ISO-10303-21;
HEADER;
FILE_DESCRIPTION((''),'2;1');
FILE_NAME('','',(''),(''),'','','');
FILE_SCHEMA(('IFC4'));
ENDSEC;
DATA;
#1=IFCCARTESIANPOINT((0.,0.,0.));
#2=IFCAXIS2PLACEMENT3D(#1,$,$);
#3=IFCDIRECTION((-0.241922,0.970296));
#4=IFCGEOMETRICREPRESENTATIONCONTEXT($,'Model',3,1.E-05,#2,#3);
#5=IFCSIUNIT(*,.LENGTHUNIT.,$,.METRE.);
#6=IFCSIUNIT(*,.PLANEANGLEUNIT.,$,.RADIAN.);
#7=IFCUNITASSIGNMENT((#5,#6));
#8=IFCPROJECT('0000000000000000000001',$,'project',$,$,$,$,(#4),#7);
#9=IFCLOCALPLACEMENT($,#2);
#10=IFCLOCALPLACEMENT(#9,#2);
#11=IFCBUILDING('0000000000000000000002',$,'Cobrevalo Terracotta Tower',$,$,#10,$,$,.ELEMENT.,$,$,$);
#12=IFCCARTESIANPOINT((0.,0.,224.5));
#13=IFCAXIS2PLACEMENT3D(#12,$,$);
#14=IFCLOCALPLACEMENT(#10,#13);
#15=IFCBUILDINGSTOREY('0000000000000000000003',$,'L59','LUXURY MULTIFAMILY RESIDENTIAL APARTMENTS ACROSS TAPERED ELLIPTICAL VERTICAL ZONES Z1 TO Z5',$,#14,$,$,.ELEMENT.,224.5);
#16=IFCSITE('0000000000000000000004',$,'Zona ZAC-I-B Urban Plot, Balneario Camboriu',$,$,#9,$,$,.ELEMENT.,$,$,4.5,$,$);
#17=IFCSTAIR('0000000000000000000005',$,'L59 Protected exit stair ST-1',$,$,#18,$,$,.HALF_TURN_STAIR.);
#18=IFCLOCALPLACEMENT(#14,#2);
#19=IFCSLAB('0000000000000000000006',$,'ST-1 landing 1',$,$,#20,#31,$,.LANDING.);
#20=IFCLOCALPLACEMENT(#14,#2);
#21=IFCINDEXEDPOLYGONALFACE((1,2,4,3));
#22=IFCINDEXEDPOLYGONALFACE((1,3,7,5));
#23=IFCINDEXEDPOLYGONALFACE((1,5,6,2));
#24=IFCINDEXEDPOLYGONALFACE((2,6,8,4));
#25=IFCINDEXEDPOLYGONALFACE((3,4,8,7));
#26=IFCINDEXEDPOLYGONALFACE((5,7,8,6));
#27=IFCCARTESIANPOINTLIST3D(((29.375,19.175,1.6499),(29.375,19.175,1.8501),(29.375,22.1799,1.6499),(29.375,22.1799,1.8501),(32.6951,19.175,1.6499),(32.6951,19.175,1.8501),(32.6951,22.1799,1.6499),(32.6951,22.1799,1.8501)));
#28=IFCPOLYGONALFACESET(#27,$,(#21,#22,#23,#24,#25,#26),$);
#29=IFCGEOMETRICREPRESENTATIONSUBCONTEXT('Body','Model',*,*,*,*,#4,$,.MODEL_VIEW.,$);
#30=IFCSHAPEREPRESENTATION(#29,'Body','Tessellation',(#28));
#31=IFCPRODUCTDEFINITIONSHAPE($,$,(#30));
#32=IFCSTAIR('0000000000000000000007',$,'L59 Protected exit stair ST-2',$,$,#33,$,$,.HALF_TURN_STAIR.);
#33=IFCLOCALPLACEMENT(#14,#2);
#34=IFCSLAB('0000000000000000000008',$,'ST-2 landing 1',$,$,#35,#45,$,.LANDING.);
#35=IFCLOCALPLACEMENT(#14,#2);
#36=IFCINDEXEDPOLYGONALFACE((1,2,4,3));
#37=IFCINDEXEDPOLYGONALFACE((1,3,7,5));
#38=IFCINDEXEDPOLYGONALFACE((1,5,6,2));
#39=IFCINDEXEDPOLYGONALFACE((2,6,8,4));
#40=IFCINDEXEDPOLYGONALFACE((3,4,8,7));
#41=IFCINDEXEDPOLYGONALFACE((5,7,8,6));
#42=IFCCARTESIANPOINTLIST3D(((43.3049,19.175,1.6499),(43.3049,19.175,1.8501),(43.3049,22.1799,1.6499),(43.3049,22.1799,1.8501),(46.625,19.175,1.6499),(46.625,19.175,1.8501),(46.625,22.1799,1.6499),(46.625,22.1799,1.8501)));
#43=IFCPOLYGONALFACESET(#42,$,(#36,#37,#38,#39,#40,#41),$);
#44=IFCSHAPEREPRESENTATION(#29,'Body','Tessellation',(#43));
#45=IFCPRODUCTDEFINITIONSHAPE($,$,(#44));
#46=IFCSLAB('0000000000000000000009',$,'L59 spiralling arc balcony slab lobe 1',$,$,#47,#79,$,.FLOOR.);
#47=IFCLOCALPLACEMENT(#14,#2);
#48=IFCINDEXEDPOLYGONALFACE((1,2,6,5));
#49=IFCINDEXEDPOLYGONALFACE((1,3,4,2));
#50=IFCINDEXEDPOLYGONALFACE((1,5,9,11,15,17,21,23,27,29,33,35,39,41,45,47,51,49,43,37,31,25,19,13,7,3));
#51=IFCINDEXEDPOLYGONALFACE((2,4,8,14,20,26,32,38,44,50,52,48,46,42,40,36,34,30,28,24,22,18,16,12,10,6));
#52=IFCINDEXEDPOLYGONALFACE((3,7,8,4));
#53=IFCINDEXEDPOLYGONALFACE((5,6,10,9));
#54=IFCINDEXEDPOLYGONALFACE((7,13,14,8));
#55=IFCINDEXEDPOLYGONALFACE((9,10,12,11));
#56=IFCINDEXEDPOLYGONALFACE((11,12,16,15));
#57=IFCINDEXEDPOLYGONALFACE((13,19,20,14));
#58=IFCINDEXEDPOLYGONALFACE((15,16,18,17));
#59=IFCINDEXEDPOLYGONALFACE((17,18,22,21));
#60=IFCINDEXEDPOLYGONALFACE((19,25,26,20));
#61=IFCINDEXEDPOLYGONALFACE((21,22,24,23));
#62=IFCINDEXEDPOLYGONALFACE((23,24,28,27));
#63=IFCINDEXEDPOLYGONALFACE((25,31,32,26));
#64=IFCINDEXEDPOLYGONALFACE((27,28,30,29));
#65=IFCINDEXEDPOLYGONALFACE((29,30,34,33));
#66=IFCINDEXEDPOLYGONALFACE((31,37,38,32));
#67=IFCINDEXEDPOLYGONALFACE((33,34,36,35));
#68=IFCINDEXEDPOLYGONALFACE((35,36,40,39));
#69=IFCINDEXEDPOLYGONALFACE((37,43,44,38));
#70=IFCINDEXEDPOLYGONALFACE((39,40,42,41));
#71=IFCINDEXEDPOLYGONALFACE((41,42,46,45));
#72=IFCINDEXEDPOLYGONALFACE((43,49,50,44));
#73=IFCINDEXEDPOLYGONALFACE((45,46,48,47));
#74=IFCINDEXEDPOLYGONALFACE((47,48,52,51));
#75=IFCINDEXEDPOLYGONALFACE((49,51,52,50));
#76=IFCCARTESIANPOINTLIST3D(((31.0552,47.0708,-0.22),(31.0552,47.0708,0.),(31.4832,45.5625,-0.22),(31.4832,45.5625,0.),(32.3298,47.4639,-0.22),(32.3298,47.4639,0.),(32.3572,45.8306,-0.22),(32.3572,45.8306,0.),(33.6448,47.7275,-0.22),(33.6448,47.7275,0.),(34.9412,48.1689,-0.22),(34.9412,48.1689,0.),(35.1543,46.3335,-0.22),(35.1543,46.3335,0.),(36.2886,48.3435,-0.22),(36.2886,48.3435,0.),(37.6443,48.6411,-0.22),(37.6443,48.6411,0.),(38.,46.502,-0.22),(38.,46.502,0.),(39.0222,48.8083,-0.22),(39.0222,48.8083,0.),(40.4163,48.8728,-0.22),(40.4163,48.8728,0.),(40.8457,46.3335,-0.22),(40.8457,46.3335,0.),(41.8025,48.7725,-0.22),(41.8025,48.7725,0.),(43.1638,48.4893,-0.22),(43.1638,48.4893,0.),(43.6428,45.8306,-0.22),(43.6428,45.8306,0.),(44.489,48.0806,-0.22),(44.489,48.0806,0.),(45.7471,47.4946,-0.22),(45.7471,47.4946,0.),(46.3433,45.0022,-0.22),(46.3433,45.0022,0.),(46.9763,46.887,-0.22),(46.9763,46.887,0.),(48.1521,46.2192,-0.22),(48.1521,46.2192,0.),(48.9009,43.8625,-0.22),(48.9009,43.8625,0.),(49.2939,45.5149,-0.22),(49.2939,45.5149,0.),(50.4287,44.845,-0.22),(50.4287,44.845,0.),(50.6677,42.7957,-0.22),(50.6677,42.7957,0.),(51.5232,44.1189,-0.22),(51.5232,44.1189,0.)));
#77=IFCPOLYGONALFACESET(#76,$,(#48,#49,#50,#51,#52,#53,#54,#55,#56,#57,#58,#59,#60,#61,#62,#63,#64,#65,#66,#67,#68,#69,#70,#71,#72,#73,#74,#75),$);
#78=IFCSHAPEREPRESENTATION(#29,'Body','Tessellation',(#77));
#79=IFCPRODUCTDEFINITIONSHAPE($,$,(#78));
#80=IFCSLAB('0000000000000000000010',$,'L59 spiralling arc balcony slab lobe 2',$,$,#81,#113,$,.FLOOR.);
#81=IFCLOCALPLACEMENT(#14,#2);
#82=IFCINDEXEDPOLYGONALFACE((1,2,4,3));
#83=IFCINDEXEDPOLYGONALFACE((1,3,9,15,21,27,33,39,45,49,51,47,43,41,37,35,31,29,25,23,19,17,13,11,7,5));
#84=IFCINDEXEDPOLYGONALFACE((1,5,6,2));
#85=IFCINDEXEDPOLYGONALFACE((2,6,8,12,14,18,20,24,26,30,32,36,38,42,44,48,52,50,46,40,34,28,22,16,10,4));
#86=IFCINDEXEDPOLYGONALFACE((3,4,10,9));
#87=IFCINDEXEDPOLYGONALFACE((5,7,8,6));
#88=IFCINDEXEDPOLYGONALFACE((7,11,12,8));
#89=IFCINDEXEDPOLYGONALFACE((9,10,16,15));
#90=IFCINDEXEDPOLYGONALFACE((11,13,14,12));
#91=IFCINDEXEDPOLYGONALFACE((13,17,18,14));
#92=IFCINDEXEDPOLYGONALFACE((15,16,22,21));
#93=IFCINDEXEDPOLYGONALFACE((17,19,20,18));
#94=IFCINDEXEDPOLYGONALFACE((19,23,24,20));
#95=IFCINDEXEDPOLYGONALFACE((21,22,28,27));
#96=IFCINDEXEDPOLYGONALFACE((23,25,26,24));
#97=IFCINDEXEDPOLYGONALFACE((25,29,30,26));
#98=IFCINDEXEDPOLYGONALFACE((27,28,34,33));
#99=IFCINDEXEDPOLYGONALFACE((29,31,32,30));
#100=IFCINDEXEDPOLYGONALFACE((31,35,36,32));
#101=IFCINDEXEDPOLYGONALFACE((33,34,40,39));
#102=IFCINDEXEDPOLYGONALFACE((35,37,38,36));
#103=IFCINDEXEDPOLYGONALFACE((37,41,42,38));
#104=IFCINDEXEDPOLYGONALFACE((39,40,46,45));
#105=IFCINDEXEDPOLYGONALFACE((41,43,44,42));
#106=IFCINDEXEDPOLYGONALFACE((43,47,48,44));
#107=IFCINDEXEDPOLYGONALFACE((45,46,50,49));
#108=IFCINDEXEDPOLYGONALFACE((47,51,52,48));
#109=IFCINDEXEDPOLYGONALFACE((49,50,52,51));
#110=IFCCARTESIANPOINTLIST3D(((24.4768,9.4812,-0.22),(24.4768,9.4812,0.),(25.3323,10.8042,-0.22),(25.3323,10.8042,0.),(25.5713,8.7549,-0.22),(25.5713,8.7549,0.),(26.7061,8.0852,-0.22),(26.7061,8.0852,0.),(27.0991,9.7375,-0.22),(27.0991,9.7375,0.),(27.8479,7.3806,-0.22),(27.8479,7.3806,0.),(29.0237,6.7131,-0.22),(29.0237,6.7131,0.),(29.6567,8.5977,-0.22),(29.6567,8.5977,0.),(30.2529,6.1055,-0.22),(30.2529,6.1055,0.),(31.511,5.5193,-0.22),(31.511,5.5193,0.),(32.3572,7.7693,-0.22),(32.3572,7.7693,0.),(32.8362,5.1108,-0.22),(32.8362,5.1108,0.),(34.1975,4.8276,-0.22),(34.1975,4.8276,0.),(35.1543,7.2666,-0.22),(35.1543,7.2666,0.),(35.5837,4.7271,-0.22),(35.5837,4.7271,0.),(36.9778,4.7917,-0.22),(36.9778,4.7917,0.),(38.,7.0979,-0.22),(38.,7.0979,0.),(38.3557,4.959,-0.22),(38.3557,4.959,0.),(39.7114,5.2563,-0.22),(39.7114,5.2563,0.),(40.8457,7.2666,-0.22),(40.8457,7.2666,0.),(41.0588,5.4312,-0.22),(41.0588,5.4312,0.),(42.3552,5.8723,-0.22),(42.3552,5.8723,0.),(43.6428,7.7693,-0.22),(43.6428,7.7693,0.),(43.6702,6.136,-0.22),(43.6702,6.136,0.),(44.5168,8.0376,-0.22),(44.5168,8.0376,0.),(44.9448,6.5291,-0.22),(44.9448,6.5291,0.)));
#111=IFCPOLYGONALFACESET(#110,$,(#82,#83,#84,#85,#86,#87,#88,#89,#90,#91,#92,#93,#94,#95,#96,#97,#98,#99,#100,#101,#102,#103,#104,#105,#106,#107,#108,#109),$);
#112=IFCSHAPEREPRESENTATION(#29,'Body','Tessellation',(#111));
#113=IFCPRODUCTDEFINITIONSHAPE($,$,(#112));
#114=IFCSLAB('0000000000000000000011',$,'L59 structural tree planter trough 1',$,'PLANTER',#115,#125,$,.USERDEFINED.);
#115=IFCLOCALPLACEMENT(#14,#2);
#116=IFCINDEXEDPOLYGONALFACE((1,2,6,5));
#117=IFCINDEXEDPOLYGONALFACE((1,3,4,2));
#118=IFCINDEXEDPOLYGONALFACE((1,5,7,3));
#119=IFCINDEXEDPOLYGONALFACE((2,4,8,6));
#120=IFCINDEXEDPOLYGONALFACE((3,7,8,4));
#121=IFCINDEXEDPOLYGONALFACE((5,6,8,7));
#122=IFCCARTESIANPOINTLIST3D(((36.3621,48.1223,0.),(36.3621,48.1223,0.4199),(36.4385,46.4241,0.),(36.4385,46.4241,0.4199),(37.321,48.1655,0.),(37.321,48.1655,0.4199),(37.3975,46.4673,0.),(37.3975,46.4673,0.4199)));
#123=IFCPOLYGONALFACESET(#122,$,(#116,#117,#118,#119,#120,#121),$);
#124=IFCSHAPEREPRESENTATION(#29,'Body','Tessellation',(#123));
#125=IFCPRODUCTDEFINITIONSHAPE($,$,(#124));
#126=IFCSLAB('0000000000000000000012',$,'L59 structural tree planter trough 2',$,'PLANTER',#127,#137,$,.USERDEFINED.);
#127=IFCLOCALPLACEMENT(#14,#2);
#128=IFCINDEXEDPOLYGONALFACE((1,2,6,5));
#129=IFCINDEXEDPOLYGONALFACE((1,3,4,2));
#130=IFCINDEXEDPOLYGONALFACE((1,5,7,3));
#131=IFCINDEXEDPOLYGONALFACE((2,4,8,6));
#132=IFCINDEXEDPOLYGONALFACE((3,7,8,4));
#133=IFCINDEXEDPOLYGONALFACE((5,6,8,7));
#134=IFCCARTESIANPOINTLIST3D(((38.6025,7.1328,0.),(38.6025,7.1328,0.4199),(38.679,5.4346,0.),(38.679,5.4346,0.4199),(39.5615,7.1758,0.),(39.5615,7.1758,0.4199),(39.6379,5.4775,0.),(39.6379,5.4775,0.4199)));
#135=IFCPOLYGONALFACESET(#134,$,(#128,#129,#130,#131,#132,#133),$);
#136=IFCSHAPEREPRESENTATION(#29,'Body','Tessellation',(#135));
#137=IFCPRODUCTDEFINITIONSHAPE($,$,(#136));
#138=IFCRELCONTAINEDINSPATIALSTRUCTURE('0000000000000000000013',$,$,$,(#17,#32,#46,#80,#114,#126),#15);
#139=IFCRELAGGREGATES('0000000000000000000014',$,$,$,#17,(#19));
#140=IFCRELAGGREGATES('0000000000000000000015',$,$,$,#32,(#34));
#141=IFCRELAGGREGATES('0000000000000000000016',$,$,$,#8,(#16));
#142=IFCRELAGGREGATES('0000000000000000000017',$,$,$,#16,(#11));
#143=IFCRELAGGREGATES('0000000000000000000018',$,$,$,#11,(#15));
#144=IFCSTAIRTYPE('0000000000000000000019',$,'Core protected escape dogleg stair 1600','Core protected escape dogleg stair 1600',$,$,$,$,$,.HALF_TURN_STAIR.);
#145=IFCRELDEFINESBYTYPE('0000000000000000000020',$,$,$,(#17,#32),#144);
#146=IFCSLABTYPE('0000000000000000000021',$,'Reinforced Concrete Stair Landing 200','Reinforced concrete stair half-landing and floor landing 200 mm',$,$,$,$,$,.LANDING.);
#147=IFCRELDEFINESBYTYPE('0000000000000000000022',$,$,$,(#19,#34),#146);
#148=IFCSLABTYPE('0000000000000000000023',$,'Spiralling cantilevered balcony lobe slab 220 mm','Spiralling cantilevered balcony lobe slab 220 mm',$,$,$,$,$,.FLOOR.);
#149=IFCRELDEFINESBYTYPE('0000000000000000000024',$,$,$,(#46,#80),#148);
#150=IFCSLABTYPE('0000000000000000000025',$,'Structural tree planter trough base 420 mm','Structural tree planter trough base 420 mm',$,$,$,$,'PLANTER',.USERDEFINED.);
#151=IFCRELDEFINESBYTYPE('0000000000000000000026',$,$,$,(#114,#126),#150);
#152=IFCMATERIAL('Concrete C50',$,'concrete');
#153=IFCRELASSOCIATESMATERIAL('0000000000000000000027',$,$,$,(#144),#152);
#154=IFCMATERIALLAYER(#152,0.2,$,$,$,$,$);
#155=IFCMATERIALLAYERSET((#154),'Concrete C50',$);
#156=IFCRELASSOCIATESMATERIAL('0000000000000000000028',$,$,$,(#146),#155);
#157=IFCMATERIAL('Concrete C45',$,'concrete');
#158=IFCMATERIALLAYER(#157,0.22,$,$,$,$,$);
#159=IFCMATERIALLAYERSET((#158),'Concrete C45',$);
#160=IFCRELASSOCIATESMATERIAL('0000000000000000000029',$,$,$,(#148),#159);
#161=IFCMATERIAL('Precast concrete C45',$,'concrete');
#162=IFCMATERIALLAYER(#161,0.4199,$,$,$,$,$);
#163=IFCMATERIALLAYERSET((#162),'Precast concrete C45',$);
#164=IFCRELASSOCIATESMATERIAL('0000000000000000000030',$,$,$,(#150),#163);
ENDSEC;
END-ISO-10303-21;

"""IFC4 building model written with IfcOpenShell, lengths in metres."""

from ifc_helpers import new_model, si_unit, direction, frame, origin, place, context, subcontext, project, spatial, polyline, outline, extrude, material, layer, layer_set, type_object, element, aggregate, save


model = new_model("IFC4")

# Units and contexts
model_context = context("Model", 3, precision=1e-05, world=origin(), true_north=direction((-0.241922, 0.970296)))
body_context = subcontext(model_context, "Body", "Model", "MODEL_VIEW")
ifc_project = project(units=[si_unit("LENGTHUNIT", "METRE"), si_unit("PLANEANGLEUNIT", "RADIAN")], contexts=[model_context])

# Site, building, storey
site_placement = place(None, origin())
site = spatial("IfcSite", under=ifc_project, at=site_placement, Name="Zona ZAC-I-B Urban Plot, Balneario Camboriu", CompositionType="ELEMENT", RefElevation=4.5)
building_placement = place(site_placement, origin())
building = spatial("IfcBuilding", under=site, at=building_placement, Name="Cobrevalo Terracotta Tower", CompositionType="ELEMENT")
storey_placement = place(building_placement, frame((0.0, 0.0, 224.5)))
storey = spatial("IfcBuildingStorey", under=building, at=storey_placement, Name="L59", Description="LUXURY MULTIFAMILY RESIDENTIAL APARTMENTS ACROSS TAPERED ELLIPTICAL VERTICAL ZONES Z1 TO Z5", CompositionType="ELEMENT", Elevation=224.5)

# Stairs, slabs
ifc_material_1 = material(Name="Concrete C50", Category="concrete")
stair_type = type_object("IfcStairType", Name="Core protected escape dogleg stair 1600", Description="Core protected escape dogleg stair 1600", PredefinedType="HALF_TURN_STAIR", material=ifc_material_1)
stair_1_placement = place(storey_placement, origin())
stair_1 = element("IfcStair", 1, at=stair_1_placement, inside=storey, type_object=stair_type, Name="L59 Protected exit stair ST-1", PredefinedType="HALF_TURN_STAIR")
ifc_layer_1 = layer(ifc_material_1, 0.2)
ifc_layer_set_1 = layer_set([ifc_layer_1], Name="Concrete C50")
slab_type_1 = type_object("IfcSlabType", Name="Reinforced Concrete Stair Landing 200", Description="Reinforced concrete stair half-landing and floor landing 200 mm", PredefinedType="LANDING", material=ifc_layer_set_1)
slab_1_placement = place(storey_placement, frame((0.0, 0.0, 1.6499)))
slab_1 = element("IfcSlab", 2, at=slab_1_placement, type_object=slab_type_1, Name="ST-1 landing 1", PredefinedType="LANDING", context=body_context, shape_type="SweptSolid", body=[
    extrude(outline(polyline([(29.375, 22.1799), (29.375, 19.175), (32.6951, 19.175), (32.6951, 22.1799), (29.375, 22.1799)])), origin(), (0.0, 0.0, 1.0), 0.2002),
])
aggregate(stair_1, [slab_1])
stair_2_placement = place(storey_placement, origin())
stair_2 = element("IfcStair", 3, at=stair_2_placement, inside=storey, type_object=stair_type, Name="L59 Protected exit stair ST-2", PredefinedType="HALF_TURN_STAIR")
slab_2_placement = place(storey_placement, frame((0.0, 0.0, 1.6499)))
slab_2 = element("IfcSlab", 4, at=slab_2_placement, type_object=slab_type_1, Name="ST-2 landing 1", PredefinedType="LANDING", context=body_context, shape_type="SweptSolid", body=[
    extrude(outline(polyline([(43.3049, 22.1799), (43.3049, 19.175), (46.625, 19.175), (46.625, 22.1799), (43.3049, 22.1799)])), origin(), (0.0, 0.0, 1.0), 0.2002),
])
aggregate(stair_2, [slab_2])

# Slabs
ifc_material_2 = material(Name="Concrete C45", Category="concrete")
ifc_layer_2 = layer(ifc_material_2, 0.22)
ifc_layer_set_2 = layer_set([ifc_layer_2], Name="Concrete C45")
slab_type_2 = type_object("IfcSlabType", Name="Spiralling cantilevered balcony lobe slab 220 mm", Description="Spiralling cantilevered balcony lobe slab 220 mm", PredefinedType="FLOOR", material=ifc_layer_set_2)
slab_3_placement = place(storey_placement, frame((0.0, 0.0, -0.22)))
element("IfcSlab", 5, at=slab_3_placement, inside=storey, type_object=slab_type_2, Name="L59 spiralling arc balcony slab lobe 1", PredefinedType="FLOOR", context=body_context, shape_type="SweptSolid", body=[
    extrude(outline(polyline([(51.5232, 44.1189), (50.4287, 44.845), (49.2939, 45.5149), (48.1521, 46.2192), (46.9763, 46.887), (45.7471, 47.4946), (44.489, 48.0806), (43.1638, 48.4893), (41.8025, 48.7725), (40.4163, 48.8728), (39.0222, 48.8083), (37.6443, 48.6411), (36.2886, 48.3435), (34.9412, 48.1689), (33.6448, 47.7275), (32.3298, 47.4639), (31.0552, 47.0708), (31.4832, 45.5625), (32.3572, 45.8306), (35.1543, 46.3335), (38.0, 46.502), (40.8457, 46.3335), (43.6428, 45.8306), (46.3433, 45.0022), (48.9009, 43.8625), (50.6677, 42.7957), (51.5232, 44.1189)])), origin(), (0.0, 0.0, 1.0), 0.22),
])
slab_4_placement = place(storey_placement, frame((0.0, 0.0, -0.22)))
element("IfcSlab", 6, at=slab_4_placement, inside=storey, type_object=slab_type_2, Name="L59 spiralling arc balcony slab lobe 2", PredefinedType="FLOOR", context=body_context, shape_type="SweptSolid", body=[
    extrude(outline(polyline([(24.4768, 9.4812), (25.5713, 8.7549), (26.7061, 8.0852), (27.8479, 7.3806), (29.0237, 6.7131), (30.2529, 6.1055), (31.511, 5.5193), (32.8362, 5.1108), (34.1975, 4.8276), (35.5837, 4.7271), (36.9778, 4.7917), (38.3557, 4.959), (39.7114, 5.2563), (41.0588, 5.4312), (42.3552, 5.8723), (43.6702, 6.136), (44.9448, 6.5291), (44.5168, 8.0376), (43.6428, 7.7693), (40.8457, 7.2666), (38.0, 7.0979), (35.1543, 7.2666), (32.3572, 7.7693), (29.6567, 8.5977), (27.0991, 9.7375), (25.3323, 10.8042), (24.4768, 9.4812)])), origin(), (0.0, 0.0, 1.0), 0.22),
])
ifc_material_3 = material(Name="Precast concrete C45", Category="concrete")
ifc_layer_3 = layer(ifc_material_3, 0.4199)
ifc_layer_set_3 = layer_set([ifc_layer_3], Name="Precast concrete C45")
slab_type_3 = type_object("IfcSlabType", Name="Structural tree planter trough base 420 mm", Description="Structural tree planter trough base 420 mm", ElementType="PLANTER", PredefinedType="USERDEFINED", material=ifc_layer_set_3)
slab_5_placement = place(storey_placement, origin())
element("IfcSlab", 7, at=slab_5_placement, inside=storey, type_object=slab_type_3, Name="L59 structural tree planter trough 1", ObjectType="PLANTER", PredefinedType="USERDEFINED", context=body_context, shape_type="SweptSolid", body=[
    extrude(outline(polyline([(37.3975, 46.4673), (37.321, 48.1655), (36.3621, 48.1223), (36.4385, 46.4241), (37.3975, 46.4673)])), origin(), (0.0, 0.0, 1.0), 0.4199),
])
slab_6_placement = place(storey_placement, origin())
element("IfcSlab", 8, at=slab_6_placement, inside=storey, type_object=slab_type_3, Name="L59 structural tree planter trough 2", ObjectType="PLANTER", PredefinedType="USERDEFINED", context=body_context, shape_type="SweptSolid", body=[
    extrude(outline(polyline([(38.6025, 7.1328), (38.679, 5.4346), (39.6379, 5.4775), (39.5615, 7.1758), (38.6025, 7.1328)])), origin(), (0.0, 0.0, 1.0), 0.4199),
])

save(model, "model.ifc")
